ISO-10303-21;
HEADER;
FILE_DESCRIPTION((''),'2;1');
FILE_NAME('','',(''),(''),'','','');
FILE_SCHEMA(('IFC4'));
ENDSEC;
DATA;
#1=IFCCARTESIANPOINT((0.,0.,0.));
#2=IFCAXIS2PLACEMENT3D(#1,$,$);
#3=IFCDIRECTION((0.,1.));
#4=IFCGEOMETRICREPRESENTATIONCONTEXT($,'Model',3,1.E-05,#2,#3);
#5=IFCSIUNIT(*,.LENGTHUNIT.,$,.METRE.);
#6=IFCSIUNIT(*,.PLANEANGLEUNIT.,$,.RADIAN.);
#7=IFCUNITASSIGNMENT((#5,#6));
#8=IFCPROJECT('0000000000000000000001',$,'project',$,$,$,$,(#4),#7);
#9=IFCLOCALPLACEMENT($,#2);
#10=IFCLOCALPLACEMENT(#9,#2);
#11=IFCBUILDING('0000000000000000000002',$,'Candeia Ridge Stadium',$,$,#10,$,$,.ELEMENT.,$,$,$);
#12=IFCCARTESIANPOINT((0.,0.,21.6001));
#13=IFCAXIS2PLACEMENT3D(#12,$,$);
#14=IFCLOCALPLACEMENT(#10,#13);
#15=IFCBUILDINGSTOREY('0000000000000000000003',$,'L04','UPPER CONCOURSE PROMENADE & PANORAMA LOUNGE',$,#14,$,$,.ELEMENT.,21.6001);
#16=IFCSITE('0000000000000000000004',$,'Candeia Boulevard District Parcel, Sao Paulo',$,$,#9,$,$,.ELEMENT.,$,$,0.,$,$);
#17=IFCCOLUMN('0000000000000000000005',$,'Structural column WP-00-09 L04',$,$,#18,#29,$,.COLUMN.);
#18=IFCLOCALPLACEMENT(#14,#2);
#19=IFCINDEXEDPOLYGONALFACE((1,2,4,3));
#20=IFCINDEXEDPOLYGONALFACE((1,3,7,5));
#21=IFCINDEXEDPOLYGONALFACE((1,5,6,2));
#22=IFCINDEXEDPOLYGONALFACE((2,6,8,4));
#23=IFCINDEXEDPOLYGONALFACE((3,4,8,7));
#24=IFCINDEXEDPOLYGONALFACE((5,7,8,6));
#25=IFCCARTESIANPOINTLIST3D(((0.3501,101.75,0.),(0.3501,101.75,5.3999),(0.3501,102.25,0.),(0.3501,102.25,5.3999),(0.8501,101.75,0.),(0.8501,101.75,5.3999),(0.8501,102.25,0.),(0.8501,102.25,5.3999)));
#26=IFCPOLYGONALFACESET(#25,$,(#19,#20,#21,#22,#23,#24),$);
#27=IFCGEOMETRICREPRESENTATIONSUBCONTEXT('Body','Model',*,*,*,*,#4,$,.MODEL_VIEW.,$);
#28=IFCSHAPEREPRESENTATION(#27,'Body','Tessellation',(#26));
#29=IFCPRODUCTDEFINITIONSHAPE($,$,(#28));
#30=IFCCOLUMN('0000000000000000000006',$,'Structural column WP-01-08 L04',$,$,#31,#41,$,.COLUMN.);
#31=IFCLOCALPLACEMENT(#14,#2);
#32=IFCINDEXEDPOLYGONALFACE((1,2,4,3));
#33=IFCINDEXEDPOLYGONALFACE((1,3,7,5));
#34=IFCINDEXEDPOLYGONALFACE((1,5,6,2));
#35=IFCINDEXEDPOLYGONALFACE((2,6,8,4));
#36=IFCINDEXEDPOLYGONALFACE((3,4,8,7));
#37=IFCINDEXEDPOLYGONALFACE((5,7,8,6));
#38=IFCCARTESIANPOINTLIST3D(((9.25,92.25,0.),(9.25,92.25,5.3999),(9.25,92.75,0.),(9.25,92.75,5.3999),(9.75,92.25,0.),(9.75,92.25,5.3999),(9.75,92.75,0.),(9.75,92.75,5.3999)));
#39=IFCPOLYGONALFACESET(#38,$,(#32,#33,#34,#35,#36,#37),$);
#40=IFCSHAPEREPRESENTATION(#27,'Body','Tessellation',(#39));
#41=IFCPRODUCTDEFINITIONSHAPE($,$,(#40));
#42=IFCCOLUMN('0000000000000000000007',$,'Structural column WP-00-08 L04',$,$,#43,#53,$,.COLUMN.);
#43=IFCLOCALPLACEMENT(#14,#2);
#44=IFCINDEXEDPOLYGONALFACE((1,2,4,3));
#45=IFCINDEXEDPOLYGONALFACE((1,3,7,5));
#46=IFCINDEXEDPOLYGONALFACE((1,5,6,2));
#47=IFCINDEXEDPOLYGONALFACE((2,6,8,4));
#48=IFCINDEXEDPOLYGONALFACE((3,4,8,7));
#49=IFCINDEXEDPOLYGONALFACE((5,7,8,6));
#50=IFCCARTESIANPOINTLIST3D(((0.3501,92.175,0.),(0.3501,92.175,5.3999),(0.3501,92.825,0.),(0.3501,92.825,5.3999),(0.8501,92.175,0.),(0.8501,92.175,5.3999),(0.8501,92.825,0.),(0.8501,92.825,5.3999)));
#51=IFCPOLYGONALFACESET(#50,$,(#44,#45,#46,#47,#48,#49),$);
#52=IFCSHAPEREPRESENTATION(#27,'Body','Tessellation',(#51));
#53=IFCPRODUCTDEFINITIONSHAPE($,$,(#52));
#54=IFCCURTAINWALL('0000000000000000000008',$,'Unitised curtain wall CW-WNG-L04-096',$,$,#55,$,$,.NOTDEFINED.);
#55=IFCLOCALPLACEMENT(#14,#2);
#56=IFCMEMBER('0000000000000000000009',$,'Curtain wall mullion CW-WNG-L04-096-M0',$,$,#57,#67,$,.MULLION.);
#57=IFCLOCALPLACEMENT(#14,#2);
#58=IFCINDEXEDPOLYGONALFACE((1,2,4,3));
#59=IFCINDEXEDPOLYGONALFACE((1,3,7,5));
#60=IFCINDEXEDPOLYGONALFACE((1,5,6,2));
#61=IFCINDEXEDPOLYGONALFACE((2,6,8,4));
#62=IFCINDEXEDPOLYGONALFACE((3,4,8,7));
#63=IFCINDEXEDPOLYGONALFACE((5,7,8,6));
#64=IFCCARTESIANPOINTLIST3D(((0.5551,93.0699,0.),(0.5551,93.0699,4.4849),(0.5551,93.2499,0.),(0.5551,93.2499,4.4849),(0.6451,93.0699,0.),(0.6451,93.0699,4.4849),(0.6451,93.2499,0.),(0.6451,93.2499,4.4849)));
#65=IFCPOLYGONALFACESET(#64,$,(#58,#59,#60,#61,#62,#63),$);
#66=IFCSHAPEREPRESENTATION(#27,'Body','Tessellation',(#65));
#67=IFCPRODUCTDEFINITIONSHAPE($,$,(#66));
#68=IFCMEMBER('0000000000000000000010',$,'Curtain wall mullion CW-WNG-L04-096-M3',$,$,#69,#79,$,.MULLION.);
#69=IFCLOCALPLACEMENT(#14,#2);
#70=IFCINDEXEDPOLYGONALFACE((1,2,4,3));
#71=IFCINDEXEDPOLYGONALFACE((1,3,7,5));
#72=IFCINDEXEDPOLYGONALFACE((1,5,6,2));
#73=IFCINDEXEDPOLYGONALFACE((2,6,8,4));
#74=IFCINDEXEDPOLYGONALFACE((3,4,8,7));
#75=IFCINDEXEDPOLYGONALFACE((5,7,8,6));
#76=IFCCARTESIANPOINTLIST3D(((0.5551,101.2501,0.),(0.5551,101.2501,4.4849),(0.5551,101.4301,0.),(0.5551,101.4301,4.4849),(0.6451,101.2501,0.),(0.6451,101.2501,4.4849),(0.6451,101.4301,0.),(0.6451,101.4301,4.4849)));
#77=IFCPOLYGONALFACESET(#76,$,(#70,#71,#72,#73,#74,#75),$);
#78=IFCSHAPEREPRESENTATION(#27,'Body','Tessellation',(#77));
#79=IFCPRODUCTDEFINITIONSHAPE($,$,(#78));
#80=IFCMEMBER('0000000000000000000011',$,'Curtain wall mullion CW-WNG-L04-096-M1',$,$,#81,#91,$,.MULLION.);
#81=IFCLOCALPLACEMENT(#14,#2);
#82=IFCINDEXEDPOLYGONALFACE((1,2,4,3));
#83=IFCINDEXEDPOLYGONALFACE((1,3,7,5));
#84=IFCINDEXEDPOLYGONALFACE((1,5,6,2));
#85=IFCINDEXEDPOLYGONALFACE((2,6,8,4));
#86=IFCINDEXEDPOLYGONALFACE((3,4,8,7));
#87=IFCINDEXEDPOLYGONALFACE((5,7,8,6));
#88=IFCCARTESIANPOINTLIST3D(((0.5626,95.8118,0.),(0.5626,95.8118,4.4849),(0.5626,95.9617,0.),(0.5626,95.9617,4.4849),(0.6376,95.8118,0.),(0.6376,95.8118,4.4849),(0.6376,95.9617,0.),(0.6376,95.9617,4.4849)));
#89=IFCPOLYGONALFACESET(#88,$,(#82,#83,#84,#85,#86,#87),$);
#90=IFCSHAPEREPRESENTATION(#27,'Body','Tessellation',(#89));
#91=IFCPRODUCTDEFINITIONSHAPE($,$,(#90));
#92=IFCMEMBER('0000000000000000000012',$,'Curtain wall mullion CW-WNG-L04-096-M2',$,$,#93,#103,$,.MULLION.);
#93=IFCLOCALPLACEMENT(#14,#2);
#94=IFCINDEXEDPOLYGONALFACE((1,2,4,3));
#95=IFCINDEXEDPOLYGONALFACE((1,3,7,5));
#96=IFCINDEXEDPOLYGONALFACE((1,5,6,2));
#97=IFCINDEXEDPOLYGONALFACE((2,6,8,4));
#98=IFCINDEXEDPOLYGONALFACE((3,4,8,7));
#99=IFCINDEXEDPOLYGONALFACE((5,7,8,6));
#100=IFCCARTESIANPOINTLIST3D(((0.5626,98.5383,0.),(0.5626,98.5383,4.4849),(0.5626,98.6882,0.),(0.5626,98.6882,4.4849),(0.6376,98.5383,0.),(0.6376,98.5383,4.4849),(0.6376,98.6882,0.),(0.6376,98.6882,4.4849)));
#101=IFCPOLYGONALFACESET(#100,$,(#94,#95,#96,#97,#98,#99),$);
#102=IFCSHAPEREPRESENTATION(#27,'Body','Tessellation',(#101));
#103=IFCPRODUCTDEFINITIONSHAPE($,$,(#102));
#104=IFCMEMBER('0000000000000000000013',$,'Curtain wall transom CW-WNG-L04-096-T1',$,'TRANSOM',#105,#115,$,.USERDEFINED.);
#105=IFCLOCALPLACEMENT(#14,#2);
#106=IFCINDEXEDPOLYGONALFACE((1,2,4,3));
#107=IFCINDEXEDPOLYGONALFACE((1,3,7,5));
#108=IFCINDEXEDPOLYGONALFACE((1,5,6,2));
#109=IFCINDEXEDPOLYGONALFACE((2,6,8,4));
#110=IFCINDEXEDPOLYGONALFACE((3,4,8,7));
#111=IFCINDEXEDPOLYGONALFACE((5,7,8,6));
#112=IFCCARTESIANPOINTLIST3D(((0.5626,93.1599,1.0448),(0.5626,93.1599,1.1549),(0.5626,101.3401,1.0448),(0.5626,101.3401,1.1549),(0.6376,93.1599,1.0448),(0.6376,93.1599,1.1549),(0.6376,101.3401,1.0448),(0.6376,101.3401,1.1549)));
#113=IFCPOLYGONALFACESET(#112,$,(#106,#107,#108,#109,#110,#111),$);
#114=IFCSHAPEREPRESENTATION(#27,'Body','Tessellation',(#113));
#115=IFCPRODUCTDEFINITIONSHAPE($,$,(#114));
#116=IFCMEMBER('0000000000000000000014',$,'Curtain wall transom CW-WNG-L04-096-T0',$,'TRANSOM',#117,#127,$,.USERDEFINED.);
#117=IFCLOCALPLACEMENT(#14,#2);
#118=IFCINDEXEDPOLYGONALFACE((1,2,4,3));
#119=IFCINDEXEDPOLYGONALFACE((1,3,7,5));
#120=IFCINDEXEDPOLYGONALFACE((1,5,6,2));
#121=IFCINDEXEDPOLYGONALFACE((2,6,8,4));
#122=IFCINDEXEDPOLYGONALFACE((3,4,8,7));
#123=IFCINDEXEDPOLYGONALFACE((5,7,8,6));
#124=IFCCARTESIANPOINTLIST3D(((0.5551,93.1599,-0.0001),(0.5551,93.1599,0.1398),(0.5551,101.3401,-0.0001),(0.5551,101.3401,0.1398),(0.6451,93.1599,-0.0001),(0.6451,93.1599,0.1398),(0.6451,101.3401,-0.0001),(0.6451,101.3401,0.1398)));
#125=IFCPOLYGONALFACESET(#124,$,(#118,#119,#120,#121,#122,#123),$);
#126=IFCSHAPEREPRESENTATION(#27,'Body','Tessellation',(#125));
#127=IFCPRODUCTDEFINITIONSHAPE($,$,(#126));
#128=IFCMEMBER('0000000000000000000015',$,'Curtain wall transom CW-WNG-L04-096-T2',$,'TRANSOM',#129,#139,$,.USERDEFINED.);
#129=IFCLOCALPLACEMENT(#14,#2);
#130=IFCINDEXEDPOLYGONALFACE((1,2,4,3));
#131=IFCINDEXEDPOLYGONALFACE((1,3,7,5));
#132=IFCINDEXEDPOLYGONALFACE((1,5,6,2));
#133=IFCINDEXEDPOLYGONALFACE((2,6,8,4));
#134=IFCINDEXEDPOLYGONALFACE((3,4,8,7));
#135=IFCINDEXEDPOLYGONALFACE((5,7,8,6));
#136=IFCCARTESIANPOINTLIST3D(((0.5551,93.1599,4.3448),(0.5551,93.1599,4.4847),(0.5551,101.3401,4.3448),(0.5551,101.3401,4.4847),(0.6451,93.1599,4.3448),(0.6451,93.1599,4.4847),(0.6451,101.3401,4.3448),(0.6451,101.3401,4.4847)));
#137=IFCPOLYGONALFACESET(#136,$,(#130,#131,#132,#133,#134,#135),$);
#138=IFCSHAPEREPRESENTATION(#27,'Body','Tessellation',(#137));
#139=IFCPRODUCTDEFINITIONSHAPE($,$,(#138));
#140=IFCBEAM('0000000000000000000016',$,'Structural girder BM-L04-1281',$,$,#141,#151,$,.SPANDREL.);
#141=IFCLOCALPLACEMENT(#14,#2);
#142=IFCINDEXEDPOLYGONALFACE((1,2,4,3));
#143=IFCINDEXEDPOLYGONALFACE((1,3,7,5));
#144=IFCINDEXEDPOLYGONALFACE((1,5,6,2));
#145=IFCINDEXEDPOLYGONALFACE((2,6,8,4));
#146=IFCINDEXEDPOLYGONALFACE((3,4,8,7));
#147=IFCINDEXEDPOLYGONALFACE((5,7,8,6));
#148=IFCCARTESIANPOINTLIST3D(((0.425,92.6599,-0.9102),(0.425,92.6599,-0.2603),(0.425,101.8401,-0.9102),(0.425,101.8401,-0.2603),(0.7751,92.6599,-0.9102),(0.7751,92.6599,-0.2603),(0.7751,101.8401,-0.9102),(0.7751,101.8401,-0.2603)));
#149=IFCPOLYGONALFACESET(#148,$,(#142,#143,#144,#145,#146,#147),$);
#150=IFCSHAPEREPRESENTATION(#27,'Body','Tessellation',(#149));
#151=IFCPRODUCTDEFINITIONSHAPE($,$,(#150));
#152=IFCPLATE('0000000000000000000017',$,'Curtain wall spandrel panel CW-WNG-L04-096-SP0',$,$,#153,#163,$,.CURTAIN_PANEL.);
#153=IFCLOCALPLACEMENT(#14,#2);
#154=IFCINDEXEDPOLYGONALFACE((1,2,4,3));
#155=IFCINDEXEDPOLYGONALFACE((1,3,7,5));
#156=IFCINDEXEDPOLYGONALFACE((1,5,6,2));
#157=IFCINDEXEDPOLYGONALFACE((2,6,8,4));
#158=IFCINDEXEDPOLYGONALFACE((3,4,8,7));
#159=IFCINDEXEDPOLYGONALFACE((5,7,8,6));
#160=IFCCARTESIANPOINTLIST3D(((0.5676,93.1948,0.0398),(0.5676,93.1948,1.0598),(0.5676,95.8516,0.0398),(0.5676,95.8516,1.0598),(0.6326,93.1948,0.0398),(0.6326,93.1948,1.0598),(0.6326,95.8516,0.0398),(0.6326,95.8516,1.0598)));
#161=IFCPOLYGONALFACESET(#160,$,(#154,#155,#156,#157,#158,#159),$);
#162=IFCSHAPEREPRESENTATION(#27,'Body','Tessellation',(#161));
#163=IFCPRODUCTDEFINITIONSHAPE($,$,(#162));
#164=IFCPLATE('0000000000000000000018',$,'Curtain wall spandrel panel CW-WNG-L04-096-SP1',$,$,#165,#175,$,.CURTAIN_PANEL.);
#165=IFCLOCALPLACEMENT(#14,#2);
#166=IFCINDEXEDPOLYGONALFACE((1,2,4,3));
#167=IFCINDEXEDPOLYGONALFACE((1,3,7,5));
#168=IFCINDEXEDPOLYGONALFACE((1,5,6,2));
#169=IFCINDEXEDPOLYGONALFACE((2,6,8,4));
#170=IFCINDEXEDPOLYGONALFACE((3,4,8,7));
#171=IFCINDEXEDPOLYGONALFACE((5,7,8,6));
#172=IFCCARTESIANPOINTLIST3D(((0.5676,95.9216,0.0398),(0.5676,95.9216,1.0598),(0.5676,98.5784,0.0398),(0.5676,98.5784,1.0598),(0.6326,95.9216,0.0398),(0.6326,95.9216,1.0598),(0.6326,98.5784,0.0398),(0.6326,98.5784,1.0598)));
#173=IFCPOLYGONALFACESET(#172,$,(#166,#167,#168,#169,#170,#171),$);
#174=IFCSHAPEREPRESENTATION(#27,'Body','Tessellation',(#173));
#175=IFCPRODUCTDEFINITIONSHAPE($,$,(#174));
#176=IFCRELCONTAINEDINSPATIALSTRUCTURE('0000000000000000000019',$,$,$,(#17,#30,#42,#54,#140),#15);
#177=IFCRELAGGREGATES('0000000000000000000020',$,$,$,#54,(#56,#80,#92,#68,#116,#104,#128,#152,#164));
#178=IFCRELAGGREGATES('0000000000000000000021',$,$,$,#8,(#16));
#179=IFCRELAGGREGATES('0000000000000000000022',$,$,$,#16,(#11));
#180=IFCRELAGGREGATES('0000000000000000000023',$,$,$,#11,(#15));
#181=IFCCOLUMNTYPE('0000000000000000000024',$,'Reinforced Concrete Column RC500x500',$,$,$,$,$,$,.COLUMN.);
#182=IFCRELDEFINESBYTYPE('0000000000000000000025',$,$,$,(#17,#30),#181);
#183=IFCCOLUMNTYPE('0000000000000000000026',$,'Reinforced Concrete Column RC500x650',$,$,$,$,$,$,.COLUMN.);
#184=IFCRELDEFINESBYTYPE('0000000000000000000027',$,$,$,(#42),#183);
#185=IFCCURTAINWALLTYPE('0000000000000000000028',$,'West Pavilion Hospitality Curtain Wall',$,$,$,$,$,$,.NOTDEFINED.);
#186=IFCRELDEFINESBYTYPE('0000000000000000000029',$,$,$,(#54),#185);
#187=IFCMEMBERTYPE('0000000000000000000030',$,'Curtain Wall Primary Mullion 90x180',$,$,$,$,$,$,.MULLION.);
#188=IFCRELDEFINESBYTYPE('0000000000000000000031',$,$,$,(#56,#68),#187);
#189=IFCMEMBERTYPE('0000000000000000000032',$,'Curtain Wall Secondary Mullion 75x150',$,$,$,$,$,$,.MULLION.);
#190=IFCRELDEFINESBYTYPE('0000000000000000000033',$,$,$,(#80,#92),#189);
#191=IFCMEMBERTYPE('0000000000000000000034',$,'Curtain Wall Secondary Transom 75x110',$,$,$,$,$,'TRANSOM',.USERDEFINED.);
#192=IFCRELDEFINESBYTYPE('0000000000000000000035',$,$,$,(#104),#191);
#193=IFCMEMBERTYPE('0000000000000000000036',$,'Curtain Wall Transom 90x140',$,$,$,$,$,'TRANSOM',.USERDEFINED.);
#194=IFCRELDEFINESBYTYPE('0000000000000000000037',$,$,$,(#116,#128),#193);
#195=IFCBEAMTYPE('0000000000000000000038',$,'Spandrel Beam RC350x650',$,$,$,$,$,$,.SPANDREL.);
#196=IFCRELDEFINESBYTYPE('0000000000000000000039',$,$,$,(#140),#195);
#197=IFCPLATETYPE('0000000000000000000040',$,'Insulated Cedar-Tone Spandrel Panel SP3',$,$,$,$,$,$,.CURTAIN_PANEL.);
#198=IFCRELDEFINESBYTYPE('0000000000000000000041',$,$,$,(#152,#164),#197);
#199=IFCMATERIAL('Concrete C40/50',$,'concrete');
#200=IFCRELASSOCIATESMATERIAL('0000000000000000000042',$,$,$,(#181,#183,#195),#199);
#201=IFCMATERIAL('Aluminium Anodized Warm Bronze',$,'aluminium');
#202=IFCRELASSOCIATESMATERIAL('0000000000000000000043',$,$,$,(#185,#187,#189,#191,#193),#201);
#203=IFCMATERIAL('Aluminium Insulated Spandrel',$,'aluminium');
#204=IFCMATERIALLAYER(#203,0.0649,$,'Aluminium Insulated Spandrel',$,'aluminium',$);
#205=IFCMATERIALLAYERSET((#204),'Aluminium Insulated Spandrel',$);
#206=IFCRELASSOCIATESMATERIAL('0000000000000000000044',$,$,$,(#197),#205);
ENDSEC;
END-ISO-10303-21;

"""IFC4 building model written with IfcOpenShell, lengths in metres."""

from ifc_helpers import new_model, si_unit, direction, frame, origin, origin_2d, place, context, subcontext, project, spatial, rectangle, extrude, material, layer, layer_set, material_profile, profile_set, type_object, element, aggregate, save


model = new_model("IFC4")

# Units and contexts
model_context = context("Model", 3, precision=1e-05, world=origin(), true_north=direction((0.0, 1.0)))
body_context = subcontext(model_context, "Body", "Model", "MODEL_VIEW")
ifc_project = project(units=[si_unit("LENGTHUNIT", "METRE"), si_unit("PLANEANGLEUNIT", "RADIAN")], contexts=[model_context])

# Site, building, storey
site_placement = place(None, origin())
site = spatial("IfcSite", under=ifc_project, at=site_placement, Name="Candeia Boulevard District Parcel, Sao Paulo", CompositionType="ELEMENT", RefElevation=0.0)
building_placement = place(site_placement, origin())
building = spatial("IfcBuilding", under=site, at=building_placement, Name="Candeia Ridge Stadium", CompositionType="ELEMENT")
storey_placement = place(building_placement, frame((0.0, 0.0, 21.6001)))
storey = spatial("IfcBuildingStorey", under=building, at=storey_placement, Name="L04", Description="UPPER CONCOURSE PROMENADE & PANORAMA LOUNGE", CompositionType="ELEMENT", Elevation=21.6001)

# Columns
ifc_material_1 = material(Name="Concrete C40/50", Category="concrete")
ifc_material_profile_1 = material_profile(ifc_material_1, rectangle(XDim=0.5, YDim=0.5, at=origin_2d()), Name="RC500x500", Category="concrete")
ifc_profile_set_1 = profile_set([ifc_material_profile_1], Name="Concrete C40/50")
column_type_1 = type_object("IfcColumnType", Name="Reinforced Concrete Column RC500x500", PredefinedType="COLUMN", material=ifc_profile_set_1)
for number, where, z_axis, x_axis, name in (
    (1, (0.6001, 102.0, 0.0), (0.0, 0.0, 1.0), (1.0, 0.0, 0.0), "Structural column WP-00-09 L04"),
    (2, (9.5, 92.5, 0.0), (0.0, 0.0, 1.0), (1.0, 0.0, 0.0), "Structural column WP-01-08 L04"),
):
    element("IfcColumn", number, at=place(storey_placement, frame(where, z_axis=z_axis, x_axis=x_axis)), inside=storey, type_object=column_type_1, Name=name, PredefinedType="COLUMN", context=body_context, shape_type="SweptSolid", body=[
        extrude(rectangle(XDim=0.5, YDim=0.5, at=origin_2d()), origin(), (0.0, 0.0, 1.0), 5.3999),
    ])
ifc_material_profile_2 = material_profile(ifc_material_1, rectangle(XDim=0.5, YDim=0.6499, at=origin_2d()), Name="RC500x650", Category="concrete")
ifc_profile_set_2 = profile_set([ifc_material_profile_2], Name="Concrete C40/50")
column_type_2 = type_object("IfcColumnType", Name="Reinforced Concrete Column RC500x650", PredefinedType="COLUMN", material=ifc_profile_set_2)
column_placement = place(storey_placement, frame((0.6001, 92.5, 0.0), z_axis=(0.0, 0.0, 1.0), x_axis=(1.0, 0.0, 0.0)))
element("IfcColumn", 3, at=column_placement, inside=storey, type_object=column_type_2, Name="Structural column WP-00-08 L04", PredefinedType="COLUMN", context=body_context, shape_type="SweptSolid", body=[
    extrude(rectangle(XDim=0.5, YDim=0.6499, at=origin_2d()), origin(), (0.0, 0.0, 1.0), 5.3999),
])

# Curtain wall, members
ifc_material_2 = material(Name="Aluminium Anodized Warm Bronze", Category="aluminium")
curtain_wall_type = type_object("IfcCurtainWallType", Name="West Pavilion Hospitality Curtain Wall", PredefinedType="NOTDEFINED", material=ifc_material_2)
curtain_wall_placement = place(storey_placement, origin())
curtain_wall = element("IfcCurtainWall", 4, at=curtain_wall_placement, inside=storey, type_object=curtain_wall_type, Name="Unitised curtain wall CW-WNG-L04-096", PredefinedType="NOTDEFINED")
ifc_material_profile_3 = material_profile(ifc_material_2, rectangle(XDim=0.0901, YDim=0.1799, at=origin_2d()), Name="CWM-90x180", Category="aluminium")
ifc_profile_set_3 = profile_set([ifc_material_profile_3], Name="Aluminium Anodized Warm Bronze")
member_type_1 = type_object("IfcMemberType", Name="Curtain Wall Primary Mullion 90x180", PredefinedType="MULLION", material=ifc_profile_set_3)
member_1_placement = place(storey_placement, frame((0.6001, 93.1599, 0.0), z_axis=(0.0, 0.0, 1.0), x_axis=(1.0, 0.0, 0.0)))
member_1 = element("IfcMember", 5, at=member_1_placement, type_object=member_type_1, Name="Curtain wall mullion CW-WNG-L04-096-M0", PredefinedType="MULLION", context=body_context, shape_type="SweptSolid", body=[
    extrude(rectangle(XDim=0.0901, YDim=0.1799, at=origin_2d()), origin(), (0.0, 0.0, 1.0), 4.4849),
])
member_2_placement = place(storey_placement, frame((0.6001, 101.3401, 0.0), z_axis=(0.0, 0.0, 1.0), x_axis=(1.0, 0.0, 0.0)))
member_2 = element("IfcMember", 6, at=member_2_placement, type_object=member_type_1, Name="Curtain wall mullion CW-WNG-L04-096-M3", PredefinedType="MULLION", context=body_context, shape_type="SweptSolid", body=[
    extrude(rectangle(XDim=0.0901, YDim=0.1799, at=origin_2d()), origin(), (0.0, 0.0, 1.0), 4.4849),
])
ifc_material_profile_4 = material_profile(ifc_material_2, rectangle(XDim=0.075, YDim=0.1499, at=origin_2d()), Name="CWM-75x150", Category="aluminium")
ifc_profile_set_4 = profile_set([ifc_material_profile_4], Name="Aluminium Anodized Warm Bronze")
member_type_2 = type_object("IfcMemberType", Name="Curtain Wall Secondary Mullion 75x150", PredefinedType="MULLION", material=ifc_profile_set_4)
member_3_placement = place(storey_placement, frame((0.6001, 95.8867, 0.0), z_axis=(0.0, 0.0, 1.0), x_axis=(1.0, 0.0, 0.0)))
member_3 = element("IfcMember", 7, at=member_3_placement, type_object=member_type_2, Name="Curtain wall mullion CW-WNG-L04-096-M1", PredefinedType="MULLION", context=body_context, shape_type="SweptSolid", body=[
    extrude(rectangle(XDim=0.075, YDim=0.1499, at=origin_2d()), origin(), (0.0, 0.0, 1.0), 4.4849),
])
member_4_placement = place(storey_placement, frame((0.6001, 98.6133, 0.0), z_axis=(0.0, 0.0, 1.0), x_axis=(1.0, 0.0, 0.0)))
member_4 = element("IfcMember", 8, at=member_4_placement, type_object=member_type_2, Name="Curtain wall mullion CW-WNG-L04-096-M2", PredefinedType="MULLION", context=body_context, shape_type="SweptSolid", body=[
    extrude(rectangle(XDim=0.075, YDim=0.1499, at=origin_2d()), origin(), (0.0, 0.0, 1.0), 4.4849),
])
ifc_material_profile_5 = material_profile(ifc_material_2, rectangle(XDim=0.075, YDim=0.1101, at=origin_2d()), Name="CWT-75x110", Category="aluminium")
ifc_profile_set_5 = profile_set([ifc_material_profile_5], Name="Aluminium Anodized Warm Bronze")
member_type_3 = type_object("IfcMemberType", Name="Curtain Wall Secondary Transom 75x110", ElementType="TRANSOM", PredefinedType="USERDEFINED", material=ifc_profile_set_5)
member_5_placement = place(storey_placement, frame((0.6001, 93.1599, 1.0999), z_axis=(0.0, 1.0, 0.0), x_axis=(-1.0, 0.0, 0.0)))
member_5 = element("IfcMember", 9, at=member_5_placement, type_object=member_type_3, Name="Curtain wall transom CW-WNG-L04-096-T1", ObjectType="TRANSOM", PredefinedType="USERDEFINED", context=body_context, shape_type="SweptSolid", body=[
    extrude(rectangle(XDim=0.075, YDim=0.1101, at=origin_2d()), origin(), (0.0, 0.0, 1.0), 8.1802),
])
ifc_material_profile_6 = material_profile(ifc_material_2, rectangle(XDim=0.0901, YDim=0.1399, at=origin_2d()), Name="CWT-90x140", Category="aluminium")
ifc_profile_set_6 = profile_set([ifc_material_profile_6], Name="Aluminium Anodized Warm Bronze")
member_type_4 = type_object("IfcMemberType", Name="Curtain Wall Transom 90x140", ElementType="TRANSOM", PredefinedType="USERDEFINED", material=ifc_profile_set_6)
member_6_placement = place(storey_placement, frame((0.6001, 93.1599, 0.0698), z_axis=(0.0, 1.0, 0.0), x_axis=(-1.0, 0.0, 0.0)))
member_6 = element("IfcMember", 10, at=member_6_placement, type_object=member_type_4, Name="Curtain wall transom CW-WNG-L04-096-T0", ObjectType="TRANSOM", PredefinedType="USERDEFINED", context=body_context, shape_type="SweptSolid", body=[
    extrude(rectangle(XDim=0.0901, YDim=0.1399, at=origin_2d()), origin(), (0.0, 0.0, 1.0), 8.1802),
])
member_7_placement = place(storey_placement, frame((0.6001, 93.1599, 4.4148), z_axis=(0.0, 1.0, 0.0), x_axis=(-1.0, 0.0, 0.0)))
member_7 = element("IfcMember", 11, at=member_7_placement, type_object=member_type_4, Name="Curtain wall transom CW-WNG-L04-096-T2", ObjectType="TRANSOM", PredefinedType="USERDEFINED", context=body_context, shape_type="SweptSolid", body=[
    extrude(rectangle(XDim=0.0901, YDim=0.1399, at=origin_2d()), origin(), (0.0, 0.0, 1.0), 8.1802),
])

# Beam
ifc_material_profile_7 = material_profile(ifc_material_1, rectangle(XDim=0.3501, YDim=0.6499, at=origin_2d()), Name="RC350x650", Category="concrete")
ifc_profile_set_7 = profile_set([ifc_material_profile_7], Name="Concrete C40/50")
beam_type = type_object("IfcBeamType", Name="Spandrel Beam RC350x650", PredefinedType="SPANDREL", material=ifc_profile_set_7)
beam_placement = place(storey_placement, frame((0.6001, 92.6599, -0.5852), z_axis=(0.0, 1.0, 0.0), x_axis=(-1.0, 0.0, 0.0)))
element("IfcBeam", 12, at=beam_placement, inside=storey, type_object=beam_type, Name="Structural girder BM-L04-1281", PredefinedType="SPANDREL", context=body_context, shape_type="SweptSolid", body=[
    extrude(rectangle(XDim=0.3501, YDim=0.6499, at=origin_2d()), origin(), (0.0, 0.0, 1.0), 9.1802),
])

# Plates
ifc_material_3 = material(Name="Aluminium Insulated Spandrel", Category="aluminium")
ifc_layer_1 = layer(ifc_material_3, 0.0649, Name="Aluminium Insulated Spandrel", Category="aluminium")
ifc_layer_set_1 = layer_set([ifc_layer_1], Name="Aluminium Insulated Spandrel")
plate_type_1 = type_object("IfcPlateType", Name="Insulated Cedar-Tone Spandrel Panel SP3", PredefinedType="CURTAIN_PANEL", material=ifc_layer_set_1)
plate_1_placement = place(storey_placement, frame((0.6001, 94.5232, 0.0398), z_axis=(0.0, 0.0, 1.0), x_axis=(0.0, 1.0, 0.0)))
plate_1 = element("IfcPlate", 13, at=plate_1_placement, type_object=plate_type_1, Name="Curtain wall spandrel panel CW-WNG-L04-096-SP0", PredefinedType="CURTAIN_PANEL", context=body_context, shape_type="SweptSolid", body=[
    extrude(rectangle(XDim=2.6567, YDim=0.0649, at=origin_2d()), origin(), (0.0, 0.0, 1.0), 1.02),
])
plate_2_placement = place(storey_placement, frame((0.6001, 97.25, 0.0398), z_axis=(0.0, 0.0, 1.0), x_axis=(0.0, 1.0, 0.0)))
plate_2 = element("IfcPlate", 14, at=plate_2_placement, type_object=plate_type_1, Name="Curtain wall spandrel panel CW-WNG-L04-096-SP1", PredefinedType="CURTAIN_PANEL", context=body_context, shape_type="SweptSolid", body=[
    extrude(rectangle(XDim=2.6567, YDim=0.0649, at=origin_2d()), origin(), (0.0, 0.0, 1.0), 1.02),
])
aggregate(curtain_wall, [member_1, member_3, member_4, member_2, member_6, member_5, member_7, plate_1, plate_2])

save(model, "model.ifc")
